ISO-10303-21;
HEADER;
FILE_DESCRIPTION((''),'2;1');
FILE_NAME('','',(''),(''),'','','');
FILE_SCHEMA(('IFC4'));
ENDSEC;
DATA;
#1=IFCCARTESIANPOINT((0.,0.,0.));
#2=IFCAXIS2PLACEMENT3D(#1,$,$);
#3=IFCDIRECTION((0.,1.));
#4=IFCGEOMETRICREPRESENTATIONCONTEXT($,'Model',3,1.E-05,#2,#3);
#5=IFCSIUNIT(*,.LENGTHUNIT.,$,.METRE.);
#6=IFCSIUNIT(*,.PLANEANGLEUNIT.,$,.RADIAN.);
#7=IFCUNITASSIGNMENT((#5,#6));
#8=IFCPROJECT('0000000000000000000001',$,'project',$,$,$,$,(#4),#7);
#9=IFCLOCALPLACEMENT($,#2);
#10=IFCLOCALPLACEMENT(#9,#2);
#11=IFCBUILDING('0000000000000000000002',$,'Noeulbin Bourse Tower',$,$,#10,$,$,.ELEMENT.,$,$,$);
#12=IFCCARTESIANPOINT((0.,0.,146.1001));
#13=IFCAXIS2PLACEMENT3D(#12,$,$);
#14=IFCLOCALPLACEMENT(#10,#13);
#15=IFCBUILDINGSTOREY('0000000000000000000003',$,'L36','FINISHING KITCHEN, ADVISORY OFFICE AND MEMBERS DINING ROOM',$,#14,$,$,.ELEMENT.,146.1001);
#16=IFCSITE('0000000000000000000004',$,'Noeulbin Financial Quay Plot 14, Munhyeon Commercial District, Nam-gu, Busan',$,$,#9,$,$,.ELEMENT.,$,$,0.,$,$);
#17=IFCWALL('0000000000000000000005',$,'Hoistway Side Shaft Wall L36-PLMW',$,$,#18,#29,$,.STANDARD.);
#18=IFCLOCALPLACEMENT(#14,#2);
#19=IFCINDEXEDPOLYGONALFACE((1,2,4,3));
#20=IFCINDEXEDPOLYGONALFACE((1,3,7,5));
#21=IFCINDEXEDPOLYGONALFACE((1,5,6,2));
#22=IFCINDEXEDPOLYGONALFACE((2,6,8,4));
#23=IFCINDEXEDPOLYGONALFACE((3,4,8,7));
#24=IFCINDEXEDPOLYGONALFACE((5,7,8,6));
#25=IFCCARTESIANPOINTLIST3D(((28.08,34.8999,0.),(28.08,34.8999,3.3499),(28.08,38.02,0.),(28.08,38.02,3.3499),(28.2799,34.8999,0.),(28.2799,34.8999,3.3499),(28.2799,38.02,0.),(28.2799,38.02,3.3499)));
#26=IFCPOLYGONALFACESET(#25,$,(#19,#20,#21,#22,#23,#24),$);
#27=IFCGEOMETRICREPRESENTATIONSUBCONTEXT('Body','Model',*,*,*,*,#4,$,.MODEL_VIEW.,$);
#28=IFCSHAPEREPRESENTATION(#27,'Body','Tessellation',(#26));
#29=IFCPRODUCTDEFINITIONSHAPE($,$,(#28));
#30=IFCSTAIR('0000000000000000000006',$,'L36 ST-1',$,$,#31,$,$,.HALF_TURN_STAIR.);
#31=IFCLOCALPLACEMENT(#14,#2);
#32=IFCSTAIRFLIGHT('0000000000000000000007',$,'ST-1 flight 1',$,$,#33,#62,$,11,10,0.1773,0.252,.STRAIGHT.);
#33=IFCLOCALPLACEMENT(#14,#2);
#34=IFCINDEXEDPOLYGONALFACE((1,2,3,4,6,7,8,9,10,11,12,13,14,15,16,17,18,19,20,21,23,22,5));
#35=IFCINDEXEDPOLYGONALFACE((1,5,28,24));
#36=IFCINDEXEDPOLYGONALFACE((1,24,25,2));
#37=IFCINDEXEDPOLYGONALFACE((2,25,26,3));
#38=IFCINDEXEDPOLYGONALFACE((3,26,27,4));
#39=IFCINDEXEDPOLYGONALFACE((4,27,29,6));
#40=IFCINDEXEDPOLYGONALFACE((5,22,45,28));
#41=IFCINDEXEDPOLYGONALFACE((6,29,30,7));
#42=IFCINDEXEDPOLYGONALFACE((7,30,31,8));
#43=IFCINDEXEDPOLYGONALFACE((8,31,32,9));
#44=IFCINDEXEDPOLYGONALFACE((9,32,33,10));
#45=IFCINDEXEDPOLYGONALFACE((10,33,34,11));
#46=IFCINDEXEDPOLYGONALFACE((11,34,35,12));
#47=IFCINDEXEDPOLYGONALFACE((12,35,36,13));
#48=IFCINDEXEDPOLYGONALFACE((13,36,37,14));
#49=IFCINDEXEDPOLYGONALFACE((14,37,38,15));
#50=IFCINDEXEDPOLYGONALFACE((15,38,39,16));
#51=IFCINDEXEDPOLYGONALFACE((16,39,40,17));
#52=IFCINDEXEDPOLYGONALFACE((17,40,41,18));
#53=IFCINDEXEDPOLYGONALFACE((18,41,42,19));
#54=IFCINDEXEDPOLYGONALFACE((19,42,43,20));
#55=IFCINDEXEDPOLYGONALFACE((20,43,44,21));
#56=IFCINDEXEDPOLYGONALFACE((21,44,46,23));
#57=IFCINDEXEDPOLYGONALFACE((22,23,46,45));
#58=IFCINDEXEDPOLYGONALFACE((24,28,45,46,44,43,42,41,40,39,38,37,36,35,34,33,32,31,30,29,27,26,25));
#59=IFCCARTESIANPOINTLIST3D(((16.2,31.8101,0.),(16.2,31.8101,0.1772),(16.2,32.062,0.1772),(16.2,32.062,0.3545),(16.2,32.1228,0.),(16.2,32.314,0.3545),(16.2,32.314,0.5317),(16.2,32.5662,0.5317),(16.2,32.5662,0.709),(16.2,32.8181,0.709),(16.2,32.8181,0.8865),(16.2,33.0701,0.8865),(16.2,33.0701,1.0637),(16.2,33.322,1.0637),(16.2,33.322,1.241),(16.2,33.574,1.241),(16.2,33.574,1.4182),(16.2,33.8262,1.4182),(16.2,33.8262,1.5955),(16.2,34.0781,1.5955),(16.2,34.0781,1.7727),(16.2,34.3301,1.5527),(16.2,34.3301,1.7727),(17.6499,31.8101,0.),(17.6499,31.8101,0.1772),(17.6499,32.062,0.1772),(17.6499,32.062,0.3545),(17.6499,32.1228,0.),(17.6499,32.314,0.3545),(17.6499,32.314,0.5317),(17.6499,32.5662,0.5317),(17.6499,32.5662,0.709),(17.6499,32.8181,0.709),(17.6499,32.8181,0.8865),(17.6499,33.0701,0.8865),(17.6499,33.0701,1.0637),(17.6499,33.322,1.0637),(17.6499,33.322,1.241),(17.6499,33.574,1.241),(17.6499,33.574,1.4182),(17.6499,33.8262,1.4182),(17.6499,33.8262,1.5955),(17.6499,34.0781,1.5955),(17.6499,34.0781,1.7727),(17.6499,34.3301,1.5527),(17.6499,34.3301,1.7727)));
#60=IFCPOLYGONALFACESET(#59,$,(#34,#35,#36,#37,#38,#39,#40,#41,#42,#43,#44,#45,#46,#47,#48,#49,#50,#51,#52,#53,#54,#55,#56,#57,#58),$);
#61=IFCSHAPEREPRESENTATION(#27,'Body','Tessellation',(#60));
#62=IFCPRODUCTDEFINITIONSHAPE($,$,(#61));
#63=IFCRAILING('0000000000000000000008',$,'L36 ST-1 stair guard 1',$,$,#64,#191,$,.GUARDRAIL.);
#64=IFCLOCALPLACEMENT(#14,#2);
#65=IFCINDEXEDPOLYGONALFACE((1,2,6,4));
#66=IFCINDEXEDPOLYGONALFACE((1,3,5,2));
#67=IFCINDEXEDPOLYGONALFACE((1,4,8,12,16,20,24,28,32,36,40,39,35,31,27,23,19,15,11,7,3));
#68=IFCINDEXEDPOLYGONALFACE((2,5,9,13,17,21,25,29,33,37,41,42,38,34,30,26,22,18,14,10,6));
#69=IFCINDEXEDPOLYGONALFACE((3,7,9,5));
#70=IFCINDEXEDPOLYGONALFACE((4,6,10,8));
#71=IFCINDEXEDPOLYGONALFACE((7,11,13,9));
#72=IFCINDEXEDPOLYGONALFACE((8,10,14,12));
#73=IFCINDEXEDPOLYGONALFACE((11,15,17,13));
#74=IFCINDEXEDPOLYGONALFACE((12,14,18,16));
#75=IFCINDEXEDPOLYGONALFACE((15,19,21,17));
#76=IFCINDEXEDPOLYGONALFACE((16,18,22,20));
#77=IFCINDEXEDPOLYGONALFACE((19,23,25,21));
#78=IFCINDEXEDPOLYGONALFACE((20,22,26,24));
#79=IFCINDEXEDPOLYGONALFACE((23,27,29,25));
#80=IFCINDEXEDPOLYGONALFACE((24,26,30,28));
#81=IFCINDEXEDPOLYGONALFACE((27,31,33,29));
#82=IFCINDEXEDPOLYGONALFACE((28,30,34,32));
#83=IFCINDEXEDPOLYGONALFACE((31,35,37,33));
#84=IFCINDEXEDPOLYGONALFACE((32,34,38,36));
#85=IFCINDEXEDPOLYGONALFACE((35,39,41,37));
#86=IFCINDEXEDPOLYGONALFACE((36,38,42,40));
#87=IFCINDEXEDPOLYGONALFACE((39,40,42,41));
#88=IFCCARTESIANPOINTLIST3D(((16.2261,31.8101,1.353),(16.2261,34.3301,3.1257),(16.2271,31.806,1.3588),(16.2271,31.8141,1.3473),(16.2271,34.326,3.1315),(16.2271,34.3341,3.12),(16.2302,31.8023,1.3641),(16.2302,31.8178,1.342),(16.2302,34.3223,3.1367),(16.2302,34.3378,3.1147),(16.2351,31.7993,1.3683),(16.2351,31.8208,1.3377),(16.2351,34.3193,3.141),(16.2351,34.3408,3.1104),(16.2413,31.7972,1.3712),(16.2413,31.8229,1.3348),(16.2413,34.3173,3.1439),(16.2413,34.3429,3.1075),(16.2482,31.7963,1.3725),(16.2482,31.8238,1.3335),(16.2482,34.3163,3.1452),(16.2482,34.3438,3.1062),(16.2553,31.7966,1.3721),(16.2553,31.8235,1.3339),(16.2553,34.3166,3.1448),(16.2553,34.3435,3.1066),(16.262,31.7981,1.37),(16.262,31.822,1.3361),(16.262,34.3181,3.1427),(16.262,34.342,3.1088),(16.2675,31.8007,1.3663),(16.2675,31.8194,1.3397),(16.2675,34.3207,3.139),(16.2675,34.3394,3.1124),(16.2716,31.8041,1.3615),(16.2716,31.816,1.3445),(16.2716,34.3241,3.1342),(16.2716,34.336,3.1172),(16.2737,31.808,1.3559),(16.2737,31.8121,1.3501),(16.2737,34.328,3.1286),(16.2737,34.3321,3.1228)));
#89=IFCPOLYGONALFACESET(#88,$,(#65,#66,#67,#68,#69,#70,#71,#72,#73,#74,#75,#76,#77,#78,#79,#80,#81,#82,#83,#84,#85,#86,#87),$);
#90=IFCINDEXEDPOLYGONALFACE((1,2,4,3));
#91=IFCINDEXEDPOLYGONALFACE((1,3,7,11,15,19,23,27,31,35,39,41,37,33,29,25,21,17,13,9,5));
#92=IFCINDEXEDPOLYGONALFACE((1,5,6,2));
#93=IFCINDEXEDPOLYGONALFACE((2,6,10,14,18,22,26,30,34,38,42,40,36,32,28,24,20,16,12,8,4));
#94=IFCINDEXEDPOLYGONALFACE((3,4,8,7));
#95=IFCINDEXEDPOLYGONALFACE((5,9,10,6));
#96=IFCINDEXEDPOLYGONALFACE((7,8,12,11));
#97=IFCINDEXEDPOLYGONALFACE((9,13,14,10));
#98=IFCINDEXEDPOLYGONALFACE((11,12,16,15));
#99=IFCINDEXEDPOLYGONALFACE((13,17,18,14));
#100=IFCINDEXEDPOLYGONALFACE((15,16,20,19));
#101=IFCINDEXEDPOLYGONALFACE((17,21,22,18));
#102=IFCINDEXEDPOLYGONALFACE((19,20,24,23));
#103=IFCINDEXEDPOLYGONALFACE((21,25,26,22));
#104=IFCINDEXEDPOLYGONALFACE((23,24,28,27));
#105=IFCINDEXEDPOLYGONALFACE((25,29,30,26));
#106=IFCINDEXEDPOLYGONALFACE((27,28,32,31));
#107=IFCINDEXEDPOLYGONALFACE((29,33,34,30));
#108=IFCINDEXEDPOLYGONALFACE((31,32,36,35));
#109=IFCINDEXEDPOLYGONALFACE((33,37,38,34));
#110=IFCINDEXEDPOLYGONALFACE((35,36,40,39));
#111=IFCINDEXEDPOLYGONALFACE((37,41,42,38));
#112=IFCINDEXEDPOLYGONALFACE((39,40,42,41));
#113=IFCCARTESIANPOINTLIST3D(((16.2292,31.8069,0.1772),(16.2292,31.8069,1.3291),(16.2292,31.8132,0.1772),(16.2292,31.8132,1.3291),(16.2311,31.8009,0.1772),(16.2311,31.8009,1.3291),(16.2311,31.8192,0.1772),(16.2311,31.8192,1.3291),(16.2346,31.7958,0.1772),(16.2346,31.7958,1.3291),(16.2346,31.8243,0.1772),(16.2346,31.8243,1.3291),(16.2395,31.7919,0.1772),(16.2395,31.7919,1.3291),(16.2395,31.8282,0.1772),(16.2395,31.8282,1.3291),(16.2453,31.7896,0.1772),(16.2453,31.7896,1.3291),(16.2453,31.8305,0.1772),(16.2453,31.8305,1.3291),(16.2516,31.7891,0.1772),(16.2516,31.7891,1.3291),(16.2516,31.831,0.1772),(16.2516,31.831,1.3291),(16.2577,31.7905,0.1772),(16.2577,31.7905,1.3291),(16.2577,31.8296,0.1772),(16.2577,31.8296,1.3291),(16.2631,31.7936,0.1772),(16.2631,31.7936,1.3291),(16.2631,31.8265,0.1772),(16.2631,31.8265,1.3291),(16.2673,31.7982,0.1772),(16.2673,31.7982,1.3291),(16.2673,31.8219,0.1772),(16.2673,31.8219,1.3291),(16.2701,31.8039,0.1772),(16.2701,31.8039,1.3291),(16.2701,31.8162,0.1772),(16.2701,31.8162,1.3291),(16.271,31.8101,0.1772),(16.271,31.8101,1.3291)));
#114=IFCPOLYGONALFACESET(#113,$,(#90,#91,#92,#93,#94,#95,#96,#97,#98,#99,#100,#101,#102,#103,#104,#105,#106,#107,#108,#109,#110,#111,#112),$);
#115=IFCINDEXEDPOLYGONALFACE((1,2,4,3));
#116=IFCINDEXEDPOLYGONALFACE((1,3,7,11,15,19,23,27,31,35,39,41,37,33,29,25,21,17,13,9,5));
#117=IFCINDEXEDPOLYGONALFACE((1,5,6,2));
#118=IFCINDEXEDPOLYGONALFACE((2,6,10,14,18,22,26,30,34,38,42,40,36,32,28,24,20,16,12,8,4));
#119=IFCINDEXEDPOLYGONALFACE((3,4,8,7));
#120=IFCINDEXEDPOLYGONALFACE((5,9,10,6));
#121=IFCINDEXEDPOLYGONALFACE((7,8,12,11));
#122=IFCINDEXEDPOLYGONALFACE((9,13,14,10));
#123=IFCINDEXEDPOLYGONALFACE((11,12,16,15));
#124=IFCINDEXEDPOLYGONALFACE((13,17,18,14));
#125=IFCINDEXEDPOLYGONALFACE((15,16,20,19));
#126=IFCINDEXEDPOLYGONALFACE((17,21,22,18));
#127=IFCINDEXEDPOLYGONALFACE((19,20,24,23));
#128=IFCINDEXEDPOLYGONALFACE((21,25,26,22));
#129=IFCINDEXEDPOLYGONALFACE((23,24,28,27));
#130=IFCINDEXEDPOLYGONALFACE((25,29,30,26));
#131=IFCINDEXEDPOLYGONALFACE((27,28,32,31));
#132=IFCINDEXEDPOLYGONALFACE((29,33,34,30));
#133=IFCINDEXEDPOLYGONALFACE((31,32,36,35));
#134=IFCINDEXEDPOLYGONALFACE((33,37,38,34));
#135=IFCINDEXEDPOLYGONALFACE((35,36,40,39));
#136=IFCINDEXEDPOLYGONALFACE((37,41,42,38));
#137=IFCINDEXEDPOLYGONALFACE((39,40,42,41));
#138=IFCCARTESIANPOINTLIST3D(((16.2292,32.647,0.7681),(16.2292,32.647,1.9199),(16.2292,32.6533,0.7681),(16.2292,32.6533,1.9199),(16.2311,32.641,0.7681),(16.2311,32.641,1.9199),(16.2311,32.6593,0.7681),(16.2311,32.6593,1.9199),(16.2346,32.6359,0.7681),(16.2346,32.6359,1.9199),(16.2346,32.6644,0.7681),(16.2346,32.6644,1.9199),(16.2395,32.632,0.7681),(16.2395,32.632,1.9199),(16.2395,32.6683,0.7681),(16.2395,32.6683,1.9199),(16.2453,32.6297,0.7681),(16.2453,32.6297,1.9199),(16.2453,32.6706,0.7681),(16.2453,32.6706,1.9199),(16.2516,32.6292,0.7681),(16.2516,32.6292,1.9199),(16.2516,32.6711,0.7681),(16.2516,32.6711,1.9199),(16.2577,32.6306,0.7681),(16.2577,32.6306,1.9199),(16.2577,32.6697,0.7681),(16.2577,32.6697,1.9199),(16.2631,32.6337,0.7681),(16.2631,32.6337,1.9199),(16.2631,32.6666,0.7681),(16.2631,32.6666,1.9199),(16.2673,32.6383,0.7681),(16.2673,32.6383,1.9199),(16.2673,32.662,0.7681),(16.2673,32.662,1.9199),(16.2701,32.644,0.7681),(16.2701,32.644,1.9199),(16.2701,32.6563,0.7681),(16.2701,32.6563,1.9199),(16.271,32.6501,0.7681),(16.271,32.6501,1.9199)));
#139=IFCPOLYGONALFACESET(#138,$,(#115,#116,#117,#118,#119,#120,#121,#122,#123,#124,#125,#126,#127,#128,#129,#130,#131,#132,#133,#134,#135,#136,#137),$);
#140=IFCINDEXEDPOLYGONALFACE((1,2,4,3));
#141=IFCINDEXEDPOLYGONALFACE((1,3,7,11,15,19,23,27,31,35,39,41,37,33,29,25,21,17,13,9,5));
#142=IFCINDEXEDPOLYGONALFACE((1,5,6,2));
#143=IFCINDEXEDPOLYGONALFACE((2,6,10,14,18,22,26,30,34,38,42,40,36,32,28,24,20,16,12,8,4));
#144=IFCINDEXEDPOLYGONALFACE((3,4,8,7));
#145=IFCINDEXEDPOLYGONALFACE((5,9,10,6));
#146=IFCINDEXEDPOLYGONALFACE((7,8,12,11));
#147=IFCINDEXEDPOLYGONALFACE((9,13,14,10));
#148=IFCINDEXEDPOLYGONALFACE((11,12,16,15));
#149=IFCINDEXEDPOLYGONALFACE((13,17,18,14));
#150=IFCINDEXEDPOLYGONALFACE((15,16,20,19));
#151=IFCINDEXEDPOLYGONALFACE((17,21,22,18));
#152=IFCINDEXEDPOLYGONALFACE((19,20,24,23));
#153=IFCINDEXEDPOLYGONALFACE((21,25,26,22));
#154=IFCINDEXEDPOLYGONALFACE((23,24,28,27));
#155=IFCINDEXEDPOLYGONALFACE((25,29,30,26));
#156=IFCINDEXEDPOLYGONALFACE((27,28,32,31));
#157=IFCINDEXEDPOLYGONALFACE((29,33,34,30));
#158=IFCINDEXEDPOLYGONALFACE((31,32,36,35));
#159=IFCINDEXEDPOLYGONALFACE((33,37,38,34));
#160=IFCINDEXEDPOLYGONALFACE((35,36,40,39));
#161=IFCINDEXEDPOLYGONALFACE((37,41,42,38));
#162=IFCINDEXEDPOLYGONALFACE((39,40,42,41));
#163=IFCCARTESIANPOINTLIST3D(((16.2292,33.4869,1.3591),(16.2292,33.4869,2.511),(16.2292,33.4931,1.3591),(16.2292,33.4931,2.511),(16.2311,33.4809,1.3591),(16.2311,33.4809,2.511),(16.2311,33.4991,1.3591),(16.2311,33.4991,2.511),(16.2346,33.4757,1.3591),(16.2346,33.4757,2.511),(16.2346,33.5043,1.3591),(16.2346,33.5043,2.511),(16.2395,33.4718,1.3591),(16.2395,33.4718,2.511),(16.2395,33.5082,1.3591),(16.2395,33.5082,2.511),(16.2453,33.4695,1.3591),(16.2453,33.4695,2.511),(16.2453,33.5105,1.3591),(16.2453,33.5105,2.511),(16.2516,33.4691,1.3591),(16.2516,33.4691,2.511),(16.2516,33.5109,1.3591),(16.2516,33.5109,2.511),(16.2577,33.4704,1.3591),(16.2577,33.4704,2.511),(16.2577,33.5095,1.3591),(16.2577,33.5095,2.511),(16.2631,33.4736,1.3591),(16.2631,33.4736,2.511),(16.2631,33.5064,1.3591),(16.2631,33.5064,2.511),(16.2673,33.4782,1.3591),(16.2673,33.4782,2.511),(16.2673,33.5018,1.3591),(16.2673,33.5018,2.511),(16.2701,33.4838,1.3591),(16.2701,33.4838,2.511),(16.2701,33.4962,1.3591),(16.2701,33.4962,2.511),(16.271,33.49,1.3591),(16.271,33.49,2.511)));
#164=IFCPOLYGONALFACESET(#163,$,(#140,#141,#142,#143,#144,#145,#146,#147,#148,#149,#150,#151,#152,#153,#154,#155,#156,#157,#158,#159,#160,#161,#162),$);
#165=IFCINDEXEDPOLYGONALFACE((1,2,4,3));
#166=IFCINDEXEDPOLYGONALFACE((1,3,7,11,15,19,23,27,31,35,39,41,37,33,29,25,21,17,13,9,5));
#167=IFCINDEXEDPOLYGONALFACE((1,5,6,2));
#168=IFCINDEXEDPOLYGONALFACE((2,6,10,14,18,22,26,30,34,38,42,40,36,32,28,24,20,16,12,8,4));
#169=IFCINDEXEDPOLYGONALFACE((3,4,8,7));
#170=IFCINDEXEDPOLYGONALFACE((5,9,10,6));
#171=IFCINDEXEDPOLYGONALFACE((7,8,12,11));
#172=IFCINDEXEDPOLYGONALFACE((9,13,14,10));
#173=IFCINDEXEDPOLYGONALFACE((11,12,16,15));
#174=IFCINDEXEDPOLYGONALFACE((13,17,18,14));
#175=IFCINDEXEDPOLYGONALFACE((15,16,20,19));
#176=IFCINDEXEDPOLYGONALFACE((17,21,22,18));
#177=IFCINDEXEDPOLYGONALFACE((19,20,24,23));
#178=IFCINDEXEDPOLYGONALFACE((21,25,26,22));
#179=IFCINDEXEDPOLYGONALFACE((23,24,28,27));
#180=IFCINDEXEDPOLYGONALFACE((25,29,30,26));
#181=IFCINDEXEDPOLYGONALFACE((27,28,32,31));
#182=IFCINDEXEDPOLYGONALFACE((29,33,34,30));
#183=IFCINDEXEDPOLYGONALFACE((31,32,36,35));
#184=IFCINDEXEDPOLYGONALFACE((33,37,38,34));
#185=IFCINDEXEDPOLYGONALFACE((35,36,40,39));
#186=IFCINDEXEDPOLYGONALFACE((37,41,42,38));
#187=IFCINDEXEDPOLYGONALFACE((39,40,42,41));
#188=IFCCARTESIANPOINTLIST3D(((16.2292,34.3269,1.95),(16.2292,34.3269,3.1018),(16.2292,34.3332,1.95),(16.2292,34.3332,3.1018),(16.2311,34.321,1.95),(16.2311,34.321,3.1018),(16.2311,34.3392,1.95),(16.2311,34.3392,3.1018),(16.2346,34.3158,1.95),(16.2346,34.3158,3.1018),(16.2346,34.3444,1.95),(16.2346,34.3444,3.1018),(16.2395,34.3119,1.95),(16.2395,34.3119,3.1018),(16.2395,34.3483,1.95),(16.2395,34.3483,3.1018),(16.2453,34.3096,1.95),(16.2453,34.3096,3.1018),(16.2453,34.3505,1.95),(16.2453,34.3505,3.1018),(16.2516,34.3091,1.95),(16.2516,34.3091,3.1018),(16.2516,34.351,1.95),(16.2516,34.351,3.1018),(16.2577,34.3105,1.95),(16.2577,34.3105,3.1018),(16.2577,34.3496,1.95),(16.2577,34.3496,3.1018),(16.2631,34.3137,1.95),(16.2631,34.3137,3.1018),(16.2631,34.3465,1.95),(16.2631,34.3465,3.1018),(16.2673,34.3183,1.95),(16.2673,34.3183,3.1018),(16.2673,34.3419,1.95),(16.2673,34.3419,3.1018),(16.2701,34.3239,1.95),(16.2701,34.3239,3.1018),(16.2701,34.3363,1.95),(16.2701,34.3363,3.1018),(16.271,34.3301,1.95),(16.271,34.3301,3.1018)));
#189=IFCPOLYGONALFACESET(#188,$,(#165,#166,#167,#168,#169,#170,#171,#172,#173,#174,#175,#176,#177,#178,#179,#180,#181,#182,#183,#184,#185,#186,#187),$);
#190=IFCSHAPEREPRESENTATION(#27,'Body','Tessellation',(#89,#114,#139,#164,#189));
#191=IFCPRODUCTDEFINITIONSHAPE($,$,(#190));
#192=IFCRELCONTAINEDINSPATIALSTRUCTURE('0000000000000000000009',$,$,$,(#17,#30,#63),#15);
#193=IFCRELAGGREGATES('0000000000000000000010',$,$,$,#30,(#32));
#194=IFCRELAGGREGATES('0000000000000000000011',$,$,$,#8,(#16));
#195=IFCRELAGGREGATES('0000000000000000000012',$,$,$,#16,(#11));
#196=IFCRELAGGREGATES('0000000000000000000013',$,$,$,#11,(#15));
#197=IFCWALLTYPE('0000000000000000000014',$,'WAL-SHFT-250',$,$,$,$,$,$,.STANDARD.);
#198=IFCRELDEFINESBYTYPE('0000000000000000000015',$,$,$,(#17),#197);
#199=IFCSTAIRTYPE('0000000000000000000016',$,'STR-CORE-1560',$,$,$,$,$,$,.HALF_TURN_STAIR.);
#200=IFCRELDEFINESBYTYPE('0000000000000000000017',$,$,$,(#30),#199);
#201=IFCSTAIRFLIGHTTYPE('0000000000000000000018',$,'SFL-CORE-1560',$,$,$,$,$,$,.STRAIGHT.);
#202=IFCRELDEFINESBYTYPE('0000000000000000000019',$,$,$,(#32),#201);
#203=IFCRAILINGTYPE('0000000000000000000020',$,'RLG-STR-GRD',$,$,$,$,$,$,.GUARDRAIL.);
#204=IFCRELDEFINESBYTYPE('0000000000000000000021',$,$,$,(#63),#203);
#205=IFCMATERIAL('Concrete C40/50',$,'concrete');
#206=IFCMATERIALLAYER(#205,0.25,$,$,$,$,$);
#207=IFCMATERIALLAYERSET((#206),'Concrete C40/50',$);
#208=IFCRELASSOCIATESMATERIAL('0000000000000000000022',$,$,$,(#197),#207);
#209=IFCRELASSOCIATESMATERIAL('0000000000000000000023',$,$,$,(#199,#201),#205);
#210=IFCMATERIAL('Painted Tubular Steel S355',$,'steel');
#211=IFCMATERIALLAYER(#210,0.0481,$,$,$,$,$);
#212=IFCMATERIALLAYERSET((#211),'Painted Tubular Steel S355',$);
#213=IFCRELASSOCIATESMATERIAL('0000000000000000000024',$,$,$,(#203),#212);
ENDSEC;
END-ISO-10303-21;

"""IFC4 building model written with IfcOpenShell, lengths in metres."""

from ifc_helpers import new_model, si_unit, direction, frame, frame_2d, origin, origin_2d, place, context, subcontext, project, spatial, polyline, rectangle, circle, outline, extrude, material, layer, layer_set, type_object, element, aggregate, save


model = new_model("IFC4")

# Units and contexts
model_context = context("Model", 3, precision=1e-05, world=origin(), true_north=direction((0.0, 1.0)))
body_context = subcontext(model_context, "Body", "Model", "MODEL_VIEW")
ifc_project = project(units=[si_unit("LENGTHUNIT", "METRE"), si_unit("PLANEANGLEUNIT", "RADIAN")], contexts=[model_context])

# Site, building, storey
site_placement = place(None, origin())
site = spatial("IfcSite", under=ifc_project, at=site_placement, Name="Noeulbin Financial Quay Plot 14, Munhyeon Commercial District, Nam-gu, Busan", CompositionType="ELEMENT", RefElevation=0.0)
building_placement = place(site_placement, origin())
building = spatial("IfcBuilding", under=site, at=building_placement, Name="Noeulbin Bourse Tower", CompositionType="ELEMENT")
storey_placement = place(building_placement, frame((0.0, 0.0, 146.1001)))
storey = spatial("IfcBuildingStorey", under=building, at=storey_placement, Name="L36", Description="FINISHING KITCHEN, ADVISORY OFFICE AND MEMBERS DINING ROOM", CompositionType="ELEMENT", Elevation=146.1001)

# Shared definitions
ifc_material_1 = material(Name="Concrete C40/50", Category="concrete")

# Shared definitions
ifc_layer_1 = layer(ifc_material_1, 0.25)
ifc_layer_set_1 = layer_set([ifc_layer_1], Name="Concrete C40/50")
wall_type_1 = type_object("IfcWallType", Name="WAL-SHFT-250", PredefinedType="STANDARD", material=ifc_layer_set_1)

# Wall
wall_1_placement = place(storey_placement, frame((28.1799, 34.8999, 0.0), z_axis=(0.0, 0.0, 1.0), x_axis=(0.0, 1.0, 0.0)))
element("IfcWall", 1, at=wall_1_placement, inside=storey, type_object=wall_type_1, Name="Hoistway Side Shaft Wall L36-PLMW", PredefinedType="STANDARD", context=body_context, shape_type="SweptSolid", body=[
    extrude(rectangle(XDim=3.1201, YDim=0.2, at=frame_2d((1.5601, 0.0))), origin(), (0.0, 0.0, 1.0), 3.3499),
])

# Stair, stair flight
stair_type = type_object("IfcStairType", Name="STR-CORE-1560", PredefinedType="HALF_TURN_STAIR", material=ifc_material_1)
stair_placement = place(storey_placement, origin())
stair = element("IfcStair", 2, at=stair_placement, inside=storey, type_object=stair_type, Name="L36 ST-1", PredefinedType="HALF_TURN_STAIR")
stair_flight_type = type_object("IfcStairFlightType", Name="SFL-CORE-1560", PredefinedType="STRAIGHT", material=ifc_material_1)
stair_flight_placement = place(storey_placement, frame((16.925, 31.8101, 0.0), z_axis=(0.0, 0.0, 1.0), x_axis=(0.0, 1.0, 0.0)))
stair_flight = element("IfcStairFlight", 3, at=stair_flight_placement, type_object=stair_flight_type, Name="ST-1 flight 1", NumberOfRisers=11, NumberOfTreads=10, PredefinedType="STRAIGHT", RiserHeight=0.1773, TreadLength=0.252, context=body_context, shape_type="SweptSolid", body=[
    extrude(outline(polyline([(0.0, 0.0), (0.0, 0.1772), (0.252, 0.1772), (0.252, 0.3545), (0.5039, 0.3545), (0.5039, 0.5317), (0.7561, 0.5317), (0.7561, 0.709), (1.0081, 0.709), (1.0081, 0.8865), (1.26, 0.8865), (1.26, 1.0637), (1.512, 1.0637), (1.512, 1.241), (1.7639, 1.241), (1.7639, 1.4182), (2.0161, 1.4182), (2.0161, 1.5955), (2.2681, 1.5955), (2.2681, 1.7727), (2.52, 1.7727), (2.52, 1.95), (2.52, 1.5527), (0.3127, 0.0), (0.0, 0.0)])), frame((0.0, 0.7251, 0.0), z_axis=(0.0, -1.0, 0.0), x_axis=(1.0, 0.0, 0.0)), (0.0, 0.0, 1.0), 1.45),
])
aggregate(stair, [stair_flight])

# Railing
ifc_material_2 = material(Name="Painted Tubular Steel S355", Category="steel")
ifc_layer_2 = layer(ifc_material_2, 0.0481)
ifc_layer_set_2 = layer_set([ifc_layer_2], Name="Painted Tubular Steel S355")
railing_type_1 = type_object("IfcRailingType", Name="RLG-STR-GRD", PredefinedType="GUARDRAIL", material=ifc_layer_set_2)
railing_1_placement = place(storey_placement, frame((16.25, 31.8101, 0.1772)))
element("IfcRailing", 4, at=railing_1_placement, inside=storey, type_object=railing_type_1, Name="L36 ST-1 stair guard 1", PredefinedType="GUARDRAIL", context=body_context, shape_type="SweptSolid", body=[
    extrude(circle(Radius=0.0239, at=origin_2d()), frame((0.0, 0.0, 1.1758), z_axis=(0.0, 0.817904, 0.575354), x_axis=(-1.0, 0.0, 0.0)), (0.0, 0.0, 1.0), 3.0811),
    extrude(circle(Radius=0.021, at=origin_2d()), origin(), (0.0, 0.0, 1.0), 1.1519),
    extrude(circle(Radius=0.021, at=origin_2d()), frame((0.0, 0.8401, 0.5908)), (0.0, 0.0, 1.0), 1.1519),
    extrude(circle(Radius=0.021, at=origin_2d()), frame((0.0, 1.6799, 1.1819)), (0.0, 0.0, 1.0), 1.1519),
    extrude(circle(Radius=0.021, at=origin_2d()), frame((0.0, 2.52, 1.7727)), (0.0, 0.0, 1.0), 1.1519),
])

save(model, "model.ifc")
